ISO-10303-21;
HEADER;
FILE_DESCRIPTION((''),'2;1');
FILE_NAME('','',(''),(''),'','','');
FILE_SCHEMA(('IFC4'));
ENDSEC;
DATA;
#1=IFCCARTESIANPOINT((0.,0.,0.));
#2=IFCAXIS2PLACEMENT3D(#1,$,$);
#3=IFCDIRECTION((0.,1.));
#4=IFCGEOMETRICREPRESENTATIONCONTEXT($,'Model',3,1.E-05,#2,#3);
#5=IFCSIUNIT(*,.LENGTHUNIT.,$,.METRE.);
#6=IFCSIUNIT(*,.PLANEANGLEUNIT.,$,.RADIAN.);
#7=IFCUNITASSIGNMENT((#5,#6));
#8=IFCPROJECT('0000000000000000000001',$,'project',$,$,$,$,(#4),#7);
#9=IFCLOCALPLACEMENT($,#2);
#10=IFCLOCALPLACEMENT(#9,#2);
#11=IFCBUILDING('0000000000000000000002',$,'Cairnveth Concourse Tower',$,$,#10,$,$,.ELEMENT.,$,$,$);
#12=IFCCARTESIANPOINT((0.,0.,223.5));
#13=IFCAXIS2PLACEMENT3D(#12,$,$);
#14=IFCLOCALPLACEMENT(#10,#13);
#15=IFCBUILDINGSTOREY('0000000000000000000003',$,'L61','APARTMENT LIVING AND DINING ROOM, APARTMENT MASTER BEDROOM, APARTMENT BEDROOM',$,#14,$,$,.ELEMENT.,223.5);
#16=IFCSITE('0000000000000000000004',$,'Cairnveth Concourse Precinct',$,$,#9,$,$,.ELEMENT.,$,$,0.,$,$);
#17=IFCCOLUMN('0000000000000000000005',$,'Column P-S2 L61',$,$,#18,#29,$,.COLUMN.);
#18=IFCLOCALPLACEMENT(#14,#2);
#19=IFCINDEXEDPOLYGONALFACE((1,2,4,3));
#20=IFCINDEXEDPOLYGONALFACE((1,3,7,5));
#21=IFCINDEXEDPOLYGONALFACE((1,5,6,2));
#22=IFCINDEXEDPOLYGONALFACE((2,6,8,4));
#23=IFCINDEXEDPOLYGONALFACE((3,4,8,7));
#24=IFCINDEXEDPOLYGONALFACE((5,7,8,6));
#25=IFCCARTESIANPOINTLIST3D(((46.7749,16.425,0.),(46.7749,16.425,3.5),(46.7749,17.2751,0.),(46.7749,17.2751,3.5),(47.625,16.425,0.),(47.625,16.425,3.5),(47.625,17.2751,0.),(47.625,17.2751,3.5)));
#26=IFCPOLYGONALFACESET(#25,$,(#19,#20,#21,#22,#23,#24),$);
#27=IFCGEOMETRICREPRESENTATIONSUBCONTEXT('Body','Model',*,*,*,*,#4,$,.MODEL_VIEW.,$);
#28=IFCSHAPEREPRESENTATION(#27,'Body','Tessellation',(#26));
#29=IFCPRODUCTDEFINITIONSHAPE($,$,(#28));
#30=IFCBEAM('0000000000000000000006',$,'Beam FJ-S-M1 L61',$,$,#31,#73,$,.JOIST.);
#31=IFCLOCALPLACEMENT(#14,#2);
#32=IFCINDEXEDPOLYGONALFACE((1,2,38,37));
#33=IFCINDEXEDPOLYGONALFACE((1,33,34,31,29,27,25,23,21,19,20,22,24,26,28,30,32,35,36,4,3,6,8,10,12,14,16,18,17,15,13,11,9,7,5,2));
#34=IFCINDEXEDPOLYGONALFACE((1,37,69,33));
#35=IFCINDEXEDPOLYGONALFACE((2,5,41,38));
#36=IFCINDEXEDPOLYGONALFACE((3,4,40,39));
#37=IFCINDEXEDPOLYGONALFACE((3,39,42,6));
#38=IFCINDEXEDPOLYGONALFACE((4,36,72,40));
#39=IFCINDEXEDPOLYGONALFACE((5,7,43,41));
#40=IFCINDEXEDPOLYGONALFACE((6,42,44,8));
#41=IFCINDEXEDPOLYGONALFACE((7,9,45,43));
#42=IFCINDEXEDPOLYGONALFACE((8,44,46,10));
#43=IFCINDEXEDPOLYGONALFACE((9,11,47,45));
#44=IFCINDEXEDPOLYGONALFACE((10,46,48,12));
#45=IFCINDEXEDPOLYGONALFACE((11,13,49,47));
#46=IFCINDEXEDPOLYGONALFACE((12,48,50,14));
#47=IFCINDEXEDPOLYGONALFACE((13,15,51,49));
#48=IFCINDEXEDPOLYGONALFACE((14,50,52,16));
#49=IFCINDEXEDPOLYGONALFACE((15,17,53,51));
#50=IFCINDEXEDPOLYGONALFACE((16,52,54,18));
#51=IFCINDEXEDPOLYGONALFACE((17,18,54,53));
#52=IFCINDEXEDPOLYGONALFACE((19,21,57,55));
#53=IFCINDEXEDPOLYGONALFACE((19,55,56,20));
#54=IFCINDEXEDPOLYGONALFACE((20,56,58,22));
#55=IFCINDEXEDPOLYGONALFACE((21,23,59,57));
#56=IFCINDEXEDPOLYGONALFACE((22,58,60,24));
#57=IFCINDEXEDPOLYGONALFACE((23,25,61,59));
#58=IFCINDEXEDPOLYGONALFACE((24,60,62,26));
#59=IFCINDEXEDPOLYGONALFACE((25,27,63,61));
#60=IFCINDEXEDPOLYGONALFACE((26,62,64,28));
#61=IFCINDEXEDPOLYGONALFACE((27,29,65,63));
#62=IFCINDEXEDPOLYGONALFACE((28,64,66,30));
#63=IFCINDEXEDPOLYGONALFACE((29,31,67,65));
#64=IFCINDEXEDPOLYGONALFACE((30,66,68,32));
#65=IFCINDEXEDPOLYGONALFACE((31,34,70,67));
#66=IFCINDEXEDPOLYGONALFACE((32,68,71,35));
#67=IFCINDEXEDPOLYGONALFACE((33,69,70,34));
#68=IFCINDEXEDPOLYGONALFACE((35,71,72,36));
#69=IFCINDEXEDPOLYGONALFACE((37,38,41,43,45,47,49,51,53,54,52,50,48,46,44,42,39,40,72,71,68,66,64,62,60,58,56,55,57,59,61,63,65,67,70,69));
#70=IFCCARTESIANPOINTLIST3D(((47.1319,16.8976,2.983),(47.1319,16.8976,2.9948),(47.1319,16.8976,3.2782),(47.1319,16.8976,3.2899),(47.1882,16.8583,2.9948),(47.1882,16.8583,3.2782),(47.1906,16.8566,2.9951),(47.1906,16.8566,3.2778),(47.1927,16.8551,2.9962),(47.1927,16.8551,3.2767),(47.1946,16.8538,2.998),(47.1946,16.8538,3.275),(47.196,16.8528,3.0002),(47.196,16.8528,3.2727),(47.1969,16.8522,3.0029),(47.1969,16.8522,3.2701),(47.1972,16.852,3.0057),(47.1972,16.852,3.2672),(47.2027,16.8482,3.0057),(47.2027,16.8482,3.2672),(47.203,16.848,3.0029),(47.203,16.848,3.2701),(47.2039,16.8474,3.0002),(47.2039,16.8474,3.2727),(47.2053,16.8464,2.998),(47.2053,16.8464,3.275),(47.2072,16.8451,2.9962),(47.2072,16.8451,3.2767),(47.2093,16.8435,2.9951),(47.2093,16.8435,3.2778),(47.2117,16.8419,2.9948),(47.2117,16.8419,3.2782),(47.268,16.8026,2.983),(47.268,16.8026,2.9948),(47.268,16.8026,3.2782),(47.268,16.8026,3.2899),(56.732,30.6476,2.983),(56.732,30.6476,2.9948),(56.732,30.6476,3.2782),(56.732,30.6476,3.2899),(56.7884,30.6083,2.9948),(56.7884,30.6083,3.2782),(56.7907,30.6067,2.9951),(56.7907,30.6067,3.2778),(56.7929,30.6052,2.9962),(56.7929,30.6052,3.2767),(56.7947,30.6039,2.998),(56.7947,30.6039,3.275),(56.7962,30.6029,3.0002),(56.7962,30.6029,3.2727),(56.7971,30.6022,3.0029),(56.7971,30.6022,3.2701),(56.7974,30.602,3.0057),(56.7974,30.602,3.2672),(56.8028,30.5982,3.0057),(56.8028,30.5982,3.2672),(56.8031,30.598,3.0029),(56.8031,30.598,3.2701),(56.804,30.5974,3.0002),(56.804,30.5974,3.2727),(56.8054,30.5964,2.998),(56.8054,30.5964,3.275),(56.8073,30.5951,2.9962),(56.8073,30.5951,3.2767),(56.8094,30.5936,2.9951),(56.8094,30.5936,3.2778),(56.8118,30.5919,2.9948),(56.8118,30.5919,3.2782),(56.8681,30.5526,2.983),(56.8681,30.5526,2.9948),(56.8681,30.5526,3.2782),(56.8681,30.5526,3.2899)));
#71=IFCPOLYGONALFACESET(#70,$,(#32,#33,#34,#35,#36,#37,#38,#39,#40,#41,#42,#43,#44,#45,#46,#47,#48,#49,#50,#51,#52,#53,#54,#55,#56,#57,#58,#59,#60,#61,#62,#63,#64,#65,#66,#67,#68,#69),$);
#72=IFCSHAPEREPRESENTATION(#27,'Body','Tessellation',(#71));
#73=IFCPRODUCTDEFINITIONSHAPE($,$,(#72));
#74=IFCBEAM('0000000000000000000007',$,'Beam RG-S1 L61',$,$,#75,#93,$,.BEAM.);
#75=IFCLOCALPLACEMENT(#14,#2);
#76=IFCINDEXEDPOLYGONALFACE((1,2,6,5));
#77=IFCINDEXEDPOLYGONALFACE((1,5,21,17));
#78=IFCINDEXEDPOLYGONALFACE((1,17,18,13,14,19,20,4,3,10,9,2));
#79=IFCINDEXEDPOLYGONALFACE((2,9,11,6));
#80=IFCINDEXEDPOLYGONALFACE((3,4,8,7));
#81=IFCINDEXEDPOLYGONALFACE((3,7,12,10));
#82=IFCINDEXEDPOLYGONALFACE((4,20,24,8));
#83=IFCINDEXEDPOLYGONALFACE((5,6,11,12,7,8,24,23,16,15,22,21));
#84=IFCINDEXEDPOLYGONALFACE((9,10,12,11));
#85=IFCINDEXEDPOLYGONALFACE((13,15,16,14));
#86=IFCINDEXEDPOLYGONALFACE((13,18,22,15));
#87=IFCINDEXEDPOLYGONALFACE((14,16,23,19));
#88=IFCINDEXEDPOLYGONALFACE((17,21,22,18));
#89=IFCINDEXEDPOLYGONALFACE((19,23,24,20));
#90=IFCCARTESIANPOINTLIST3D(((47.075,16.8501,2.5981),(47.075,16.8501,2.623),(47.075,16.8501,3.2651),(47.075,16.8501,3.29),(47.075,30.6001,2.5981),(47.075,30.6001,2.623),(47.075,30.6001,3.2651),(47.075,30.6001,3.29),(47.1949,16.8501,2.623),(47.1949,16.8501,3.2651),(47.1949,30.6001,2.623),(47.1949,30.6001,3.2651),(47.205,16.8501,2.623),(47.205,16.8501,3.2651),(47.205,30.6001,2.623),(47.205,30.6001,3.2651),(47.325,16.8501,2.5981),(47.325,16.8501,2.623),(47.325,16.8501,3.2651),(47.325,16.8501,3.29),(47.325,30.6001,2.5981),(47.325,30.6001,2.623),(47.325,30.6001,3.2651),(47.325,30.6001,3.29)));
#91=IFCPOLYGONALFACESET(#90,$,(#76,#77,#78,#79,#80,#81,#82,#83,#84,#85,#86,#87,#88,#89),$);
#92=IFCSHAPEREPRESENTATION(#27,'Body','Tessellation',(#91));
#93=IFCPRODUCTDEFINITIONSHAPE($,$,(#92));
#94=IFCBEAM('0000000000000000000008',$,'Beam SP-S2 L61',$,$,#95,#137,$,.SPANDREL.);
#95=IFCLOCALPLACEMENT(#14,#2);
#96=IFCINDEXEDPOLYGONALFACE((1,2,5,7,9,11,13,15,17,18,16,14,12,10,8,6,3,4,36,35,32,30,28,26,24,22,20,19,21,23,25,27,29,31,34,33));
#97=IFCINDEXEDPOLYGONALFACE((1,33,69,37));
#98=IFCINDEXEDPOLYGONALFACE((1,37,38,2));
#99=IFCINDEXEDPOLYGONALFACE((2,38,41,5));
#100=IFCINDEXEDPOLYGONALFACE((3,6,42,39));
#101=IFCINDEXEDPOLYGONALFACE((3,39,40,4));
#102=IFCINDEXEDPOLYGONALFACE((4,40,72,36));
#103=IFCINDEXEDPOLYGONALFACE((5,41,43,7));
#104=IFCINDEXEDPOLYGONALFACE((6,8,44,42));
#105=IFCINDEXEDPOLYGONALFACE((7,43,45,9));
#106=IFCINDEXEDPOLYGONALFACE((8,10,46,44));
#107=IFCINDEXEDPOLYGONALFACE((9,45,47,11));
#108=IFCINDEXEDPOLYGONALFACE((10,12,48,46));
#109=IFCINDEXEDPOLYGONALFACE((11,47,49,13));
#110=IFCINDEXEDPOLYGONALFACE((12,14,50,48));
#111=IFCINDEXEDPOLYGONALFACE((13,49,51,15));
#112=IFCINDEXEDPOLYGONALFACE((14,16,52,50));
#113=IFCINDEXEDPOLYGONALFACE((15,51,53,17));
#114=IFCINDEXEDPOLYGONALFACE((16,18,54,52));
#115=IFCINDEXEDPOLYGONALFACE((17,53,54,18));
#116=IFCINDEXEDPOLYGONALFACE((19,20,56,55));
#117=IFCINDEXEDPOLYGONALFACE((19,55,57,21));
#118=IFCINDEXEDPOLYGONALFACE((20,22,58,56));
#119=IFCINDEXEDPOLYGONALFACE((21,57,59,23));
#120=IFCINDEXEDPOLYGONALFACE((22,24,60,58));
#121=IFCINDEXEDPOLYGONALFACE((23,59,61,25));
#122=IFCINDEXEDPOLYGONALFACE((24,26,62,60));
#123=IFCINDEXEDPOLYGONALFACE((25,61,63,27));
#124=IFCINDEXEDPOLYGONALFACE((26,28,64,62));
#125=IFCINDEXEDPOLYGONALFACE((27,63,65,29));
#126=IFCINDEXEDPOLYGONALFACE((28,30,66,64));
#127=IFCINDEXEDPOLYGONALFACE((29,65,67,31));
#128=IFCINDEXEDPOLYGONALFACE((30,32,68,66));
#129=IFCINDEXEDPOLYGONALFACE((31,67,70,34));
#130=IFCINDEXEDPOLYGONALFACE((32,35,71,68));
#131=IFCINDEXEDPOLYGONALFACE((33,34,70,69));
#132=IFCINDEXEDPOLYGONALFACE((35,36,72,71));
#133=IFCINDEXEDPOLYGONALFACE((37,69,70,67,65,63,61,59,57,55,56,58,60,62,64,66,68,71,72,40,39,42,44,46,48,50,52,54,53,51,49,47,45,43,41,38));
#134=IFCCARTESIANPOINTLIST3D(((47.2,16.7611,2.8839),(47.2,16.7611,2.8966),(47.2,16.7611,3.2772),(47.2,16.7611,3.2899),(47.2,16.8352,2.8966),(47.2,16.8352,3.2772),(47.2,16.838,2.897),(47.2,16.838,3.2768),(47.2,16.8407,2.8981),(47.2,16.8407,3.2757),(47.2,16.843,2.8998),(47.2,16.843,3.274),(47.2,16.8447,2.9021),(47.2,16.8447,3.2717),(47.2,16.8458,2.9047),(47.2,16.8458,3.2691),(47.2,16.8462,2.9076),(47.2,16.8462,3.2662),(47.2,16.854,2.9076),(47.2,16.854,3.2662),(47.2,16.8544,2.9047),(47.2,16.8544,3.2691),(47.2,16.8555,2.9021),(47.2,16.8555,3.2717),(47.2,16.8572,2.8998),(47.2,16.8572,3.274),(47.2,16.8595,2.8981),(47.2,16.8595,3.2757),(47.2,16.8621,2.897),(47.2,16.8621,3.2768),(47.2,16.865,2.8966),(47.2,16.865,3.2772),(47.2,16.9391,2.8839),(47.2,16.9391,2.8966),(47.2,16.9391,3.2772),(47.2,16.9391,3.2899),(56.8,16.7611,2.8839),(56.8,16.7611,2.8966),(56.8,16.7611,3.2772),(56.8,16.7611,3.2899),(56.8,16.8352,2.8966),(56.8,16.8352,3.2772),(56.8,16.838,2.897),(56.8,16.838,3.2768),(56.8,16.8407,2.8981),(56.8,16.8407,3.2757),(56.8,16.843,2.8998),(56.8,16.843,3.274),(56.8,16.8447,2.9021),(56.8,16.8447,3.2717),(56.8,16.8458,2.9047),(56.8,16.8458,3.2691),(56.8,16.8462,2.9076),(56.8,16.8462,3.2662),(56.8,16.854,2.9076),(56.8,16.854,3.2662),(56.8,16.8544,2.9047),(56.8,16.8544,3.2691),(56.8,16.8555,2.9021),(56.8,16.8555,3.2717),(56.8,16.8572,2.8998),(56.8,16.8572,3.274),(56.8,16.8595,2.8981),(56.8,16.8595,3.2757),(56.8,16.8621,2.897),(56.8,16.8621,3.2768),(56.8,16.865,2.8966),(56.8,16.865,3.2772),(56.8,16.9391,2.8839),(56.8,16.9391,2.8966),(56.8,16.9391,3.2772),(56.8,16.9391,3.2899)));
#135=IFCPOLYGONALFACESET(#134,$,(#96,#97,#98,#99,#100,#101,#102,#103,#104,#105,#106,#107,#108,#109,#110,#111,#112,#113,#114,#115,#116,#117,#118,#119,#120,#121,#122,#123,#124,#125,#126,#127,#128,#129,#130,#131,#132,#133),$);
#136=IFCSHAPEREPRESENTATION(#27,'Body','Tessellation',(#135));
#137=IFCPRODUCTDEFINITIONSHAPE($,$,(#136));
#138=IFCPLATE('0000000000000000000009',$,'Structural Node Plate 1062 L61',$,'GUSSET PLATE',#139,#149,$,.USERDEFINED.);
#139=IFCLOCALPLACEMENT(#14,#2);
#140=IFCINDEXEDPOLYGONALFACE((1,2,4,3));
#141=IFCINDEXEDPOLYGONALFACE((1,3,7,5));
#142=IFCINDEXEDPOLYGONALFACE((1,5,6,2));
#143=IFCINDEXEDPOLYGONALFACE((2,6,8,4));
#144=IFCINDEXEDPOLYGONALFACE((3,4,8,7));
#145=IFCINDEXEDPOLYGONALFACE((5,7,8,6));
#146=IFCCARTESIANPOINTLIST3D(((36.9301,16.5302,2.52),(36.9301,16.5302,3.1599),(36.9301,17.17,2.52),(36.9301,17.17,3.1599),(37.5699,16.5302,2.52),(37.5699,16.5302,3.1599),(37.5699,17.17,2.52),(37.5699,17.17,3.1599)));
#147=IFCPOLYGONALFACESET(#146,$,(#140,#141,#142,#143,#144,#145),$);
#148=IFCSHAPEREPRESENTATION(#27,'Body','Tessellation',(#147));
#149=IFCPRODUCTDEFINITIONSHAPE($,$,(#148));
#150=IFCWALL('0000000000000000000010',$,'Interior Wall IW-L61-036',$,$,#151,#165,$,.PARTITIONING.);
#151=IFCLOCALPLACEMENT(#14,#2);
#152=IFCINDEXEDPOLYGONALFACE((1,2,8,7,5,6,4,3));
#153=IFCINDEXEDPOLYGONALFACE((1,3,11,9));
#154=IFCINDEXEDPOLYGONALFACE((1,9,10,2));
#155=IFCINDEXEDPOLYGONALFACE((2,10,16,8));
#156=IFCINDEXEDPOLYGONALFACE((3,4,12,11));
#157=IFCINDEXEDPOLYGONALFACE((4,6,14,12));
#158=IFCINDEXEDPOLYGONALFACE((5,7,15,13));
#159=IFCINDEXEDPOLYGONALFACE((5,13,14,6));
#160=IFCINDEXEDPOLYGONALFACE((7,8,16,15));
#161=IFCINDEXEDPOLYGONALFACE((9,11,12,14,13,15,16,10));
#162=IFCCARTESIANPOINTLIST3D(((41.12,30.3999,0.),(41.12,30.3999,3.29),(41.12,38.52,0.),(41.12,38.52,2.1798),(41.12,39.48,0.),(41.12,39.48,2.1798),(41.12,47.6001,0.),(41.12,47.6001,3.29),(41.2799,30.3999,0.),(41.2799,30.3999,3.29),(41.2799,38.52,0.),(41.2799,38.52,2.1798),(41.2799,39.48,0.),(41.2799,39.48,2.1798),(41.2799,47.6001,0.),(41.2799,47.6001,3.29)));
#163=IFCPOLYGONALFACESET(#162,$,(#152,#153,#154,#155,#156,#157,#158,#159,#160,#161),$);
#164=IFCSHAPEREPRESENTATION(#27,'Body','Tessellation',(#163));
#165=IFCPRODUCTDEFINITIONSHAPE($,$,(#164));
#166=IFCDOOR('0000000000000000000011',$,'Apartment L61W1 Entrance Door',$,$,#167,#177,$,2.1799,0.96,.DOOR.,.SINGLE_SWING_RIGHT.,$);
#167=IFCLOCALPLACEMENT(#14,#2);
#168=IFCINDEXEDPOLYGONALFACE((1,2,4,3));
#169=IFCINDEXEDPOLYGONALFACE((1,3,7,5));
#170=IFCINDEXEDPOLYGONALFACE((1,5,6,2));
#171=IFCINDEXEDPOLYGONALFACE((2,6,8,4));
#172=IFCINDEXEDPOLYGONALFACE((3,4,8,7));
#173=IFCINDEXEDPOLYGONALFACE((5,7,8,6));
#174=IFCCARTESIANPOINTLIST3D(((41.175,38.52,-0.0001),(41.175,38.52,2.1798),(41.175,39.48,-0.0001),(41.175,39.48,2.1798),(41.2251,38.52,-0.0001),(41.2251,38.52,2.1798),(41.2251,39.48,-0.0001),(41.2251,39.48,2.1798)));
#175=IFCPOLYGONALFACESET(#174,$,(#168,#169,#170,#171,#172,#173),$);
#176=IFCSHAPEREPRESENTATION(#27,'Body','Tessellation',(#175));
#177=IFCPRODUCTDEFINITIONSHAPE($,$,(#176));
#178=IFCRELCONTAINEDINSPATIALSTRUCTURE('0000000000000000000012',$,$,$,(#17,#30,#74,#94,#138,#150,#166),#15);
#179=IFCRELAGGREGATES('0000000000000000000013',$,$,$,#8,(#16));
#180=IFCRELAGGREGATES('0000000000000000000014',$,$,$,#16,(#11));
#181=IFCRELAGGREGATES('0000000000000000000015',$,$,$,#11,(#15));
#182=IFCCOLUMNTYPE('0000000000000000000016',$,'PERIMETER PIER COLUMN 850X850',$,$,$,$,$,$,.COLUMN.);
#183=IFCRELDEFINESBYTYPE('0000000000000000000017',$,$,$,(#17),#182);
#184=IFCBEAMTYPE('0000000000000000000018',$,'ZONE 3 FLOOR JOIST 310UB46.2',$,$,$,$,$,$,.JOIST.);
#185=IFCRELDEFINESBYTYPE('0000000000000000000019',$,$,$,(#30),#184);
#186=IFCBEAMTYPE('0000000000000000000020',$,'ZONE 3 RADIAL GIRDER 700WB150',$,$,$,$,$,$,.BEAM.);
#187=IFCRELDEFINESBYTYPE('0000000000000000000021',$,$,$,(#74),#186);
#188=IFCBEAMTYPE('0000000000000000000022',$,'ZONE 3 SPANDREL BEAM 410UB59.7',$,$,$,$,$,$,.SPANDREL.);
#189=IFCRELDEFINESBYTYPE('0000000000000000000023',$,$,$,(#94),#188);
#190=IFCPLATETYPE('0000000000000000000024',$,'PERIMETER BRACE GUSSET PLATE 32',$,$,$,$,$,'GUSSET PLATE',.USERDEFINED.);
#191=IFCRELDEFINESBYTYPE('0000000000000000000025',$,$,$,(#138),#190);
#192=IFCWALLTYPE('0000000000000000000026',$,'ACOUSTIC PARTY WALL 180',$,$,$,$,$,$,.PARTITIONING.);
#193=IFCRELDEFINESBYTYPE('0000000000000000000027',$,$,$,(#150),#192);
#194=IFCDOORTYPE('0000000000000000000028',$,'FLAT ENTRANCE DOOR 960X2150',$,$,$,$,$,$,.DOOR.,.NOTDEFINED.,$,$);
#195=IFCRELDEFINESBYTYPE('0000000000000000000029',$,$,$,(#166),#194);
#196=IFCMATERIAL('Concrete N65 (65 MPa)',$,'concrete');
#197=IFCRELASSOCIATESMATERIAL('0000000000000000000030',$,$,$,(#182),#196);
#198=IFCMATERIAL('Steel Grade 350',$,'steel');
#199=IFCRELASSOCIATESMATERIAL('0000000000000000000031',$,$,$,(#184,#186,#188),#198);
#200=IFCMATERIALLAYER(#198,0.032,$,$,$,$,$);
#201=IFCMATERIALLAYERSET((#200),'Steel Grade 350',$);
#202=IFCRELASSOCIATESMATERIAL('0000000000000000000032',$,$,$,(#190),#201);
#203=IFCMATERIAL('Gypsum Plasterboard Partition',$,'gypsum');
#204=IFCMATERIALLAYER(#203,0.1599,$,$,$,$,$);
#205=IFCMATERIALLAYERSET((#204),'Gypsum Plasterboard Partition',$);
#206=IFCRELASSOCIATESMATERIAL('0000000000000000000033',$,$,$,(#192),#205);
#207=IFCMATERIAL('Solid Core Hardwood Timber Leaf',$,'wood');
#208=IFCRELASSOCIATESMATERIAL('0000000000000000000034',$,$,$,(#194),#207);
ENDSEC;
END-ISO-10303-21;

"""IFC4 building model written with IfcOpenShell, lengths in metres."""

from ifc_helpers import new_model, si_unit, direction, frame, frame_2d, origin, origin_2d, place, context, subcontext, project, spatial, rectangle, i_section, extrude, material, layer, layer_set, material_profile, profile_set, type_object, element, fill, save


model = new_model("IFC4")

# Units and contexts
model_context = context("Model", 3, precision=1e-05, world=origin(), true_north=direction((0.0, 1.0)))
body_context = subcontext(model_context, "Body", "Model", "MODEL_VIEW")
ifc_project = project(units=[si_unit("LENGTHUNIT", "METRE"), si_unit("PLANEANGLEUNIT", "RADIAN")], contexts=[model_context])

# Site, building, storey
site_placement = place(None, origin())
site = spatial("IfcSite", under=ifc_project, at=site_placement, Name="Cairnveth Concourse Precinct", CompositionType="ELEMENT", RefElevation=0.0)
building_placement = place(site_placement, origin())
building = spatial("IfcBuilding", under=site, at=building_placement, Name="Cairnveth Concourse Tower", CompositionType="ELEMENT")
storey_placement = place(building_placement, frame((0.0, 0.0, 223.5)))
storey = spatial("IfcBuildingStorey", under=building, at=storey_placement, Name="L61", Description="APARTMENT LIVING AND DINING ROOM, APARTMENT MASTER BEDROOM, APARTMENT BEDROOM", CompositionType="ELEMENT", Elevation=223.5)

# Column
ifc_material_1 = material(Name="Concrete N65 (65 MPa)", Category="concrete")
ifc_material_profile_1 = material_profile(ifc_material_1, rectangle(XDim=0.8501, YDim=0.8501, at=origin_2d()), Name="RC-COL-850x850")
ifc_profile_set_1 = profile_set([ifc_material_profile_1], Name="Concrete N65 (65 MPa)")
column_type = type_object("IfcColumnType", Name="PERIMETER PIER COLUMN 850X850", PredefinedType="COLUMN", material=ifc_profile_set_1)
column_placement = place(storey_placement, frame((47.2, 16.8501, 0.0), z_axis=(0.0, 0.0, 1.0), x_axis=(1.0, 0.0, 0.0)))
element("IfcColumn", 1, at=column_placement, inside=storey, type_object=column_type, Name="Column P-S2 L61", PredefinedType="COLUMN", context=body_context, shape_type="SweptSolid", body=[
    extrude(rectangle(XDim=0.8501, YDim=0.8501, at=origin_2d()), origin(), (0.0, 0.0, 1.0), 3.5),
])

# Beams
ifc_material_2 = material(Name="Steel Grade 350", Category="steel")
ifc_material_profile_2 = material_profile(ifc_material_2, i_section(OverallWidth=0.166, OverallDepth=0.3069, WebThickness=0.0066, FlangeThickness=0.0117, FilletRadius=0.011, at=origin_2d()), Name="310UB46.2")
ifc_profile_set_2 = profile_set([ifc_material_profile_2], Name="Steel Grade 350")
beam_type_1 = type_object("IfcBeamType", Name="ZONE 3 FLOOR JOIST 310UB46.2", PredefinedType="JOIST", material=ifc_profile_set_2)
beam_1_placement = place(storey_placement, frame((47.2, 16.8501, 3.1365), z_axis=(0.572465, 0.819929, 0.0), x_axis=(-0.819929, 0.572465, 0.0)))
element("IfcBeam", 2, at=beam_1_placement, inside=storey, type_object=beam_type_1, Name="Beam FJ-S-M1 L61", PredefinedType="JOIST", context=body_context, shape_type="SweptSolid", body=[
    extrude(i_section(OverallWidth=0.166, OverallDepth=0.3069, WebThickness=0.0066, FlangeThickness=0.0117, FilletRadius=0.011, at=origin_2d()), origin(), (0.0, 0.0, 1.0), 16.7698),
])
ifc_material_profile_3 = material_profile(ifc_material_2, i_section(OverallWidth=0.25, OverallDepth=0.6919, WebThickness=0.01, FlangeThickness=0.0249, at=origin_2d()), Name="700WB150")
ifc_profile_set_3 = profile_set([ifc_material_profile_3], Name="Steel Grade 350")
beam_type_2 = type_object("IfcBeamType", Name="ZONE 3 RADIAL GIRDER 700WB150", PredefinedType="BEAM", material=ifc_profile_set_3)
beam_2_placement = place(storey_placement, frame((47.2, 16.8501, 2.9441), z_axis=(0.0, 1.0, 0.0), x_axis=(-1.0, 0.0, 0.0)))
element("IfcBeam", 3, at=beam_2_placement, inside=storey, type_object=beam_type_2, Name="Beam RG-S1 L61", PredefinedType="BEAM", context=body_context, shape_type="SweptSolid", body=[
    extrude(i_section(OverallWidth=0.25, OverallDepth=0.6919, WebThickness=0.01, FlangeThickness=0.0249, at=origin_2d()), origin(), (0.0, 0.0, 1.0), 13.75),
])
ifc_material_profile_4 = material_profile(ifc_material_2, i_section(OverallWidth=0.178, OverallDepth=0.406, WebThickness=0.0078, FlangeThickness=0.0127, FilletRadius=0.011, at=origin_2d()), Name="410UB59.7")
ifc_profile_set_4 = profile_set([ifc_material_profile_4], Name="Steel Grade 350")
beam_type_3 = type_object("IfcBeamType", Name="ZONE 3 SPANDREL BEAM 410UB59.7", PredefinedType="SPANDREL", material=ifc_profile_set_4)
beam_3_placement = place(storey_placement, frame((47.2, 16.8501, 3.0869), z_axis=(1.0, 0.0, 0.0), x_axis=(0.0, 1.0, 0.0)))
element("IfcBeam", 4, at=beam_3_placement, inside=storey, type_object=beam_type_3, Name="Beam SP-S2 L61", PredefinedType="SPANDREL", context=body_context, shape_type="SweptSolid", body=[
    extrude(i_section(OverallWidth=0.178, OverallDepth=0.406, WebThickness=0.0078, FlangeThickness=0.0127, FilletRadius=0.011, at=origin_2d()), origin(), (0.0, 0.0, 1.0), 9.6001),
])

# Plate
ifc_layer_1 = layer(ifc_material_2, 0.032)
ifc_layer_set_1 = layer_set([ifc_layer_1], Name="Steel Grade 350")
plate_type = type_object("IfcPlateType", Name="PERIMETER BRACE GUSSET PLATE 32", ElementType="GUSSET PLATE", PredefinedType="USERDEFINED", material=ifc_layer_set_1)
plate_placement = place(storey_placement, frame((37.25, 16.8501, 2.52), z_axis=(0.0, 0.0, 1.0), x_axis=(1.0, 0.0, 0.0)))
element("IfcPlate", 5, at=plate_placement, inside=storey, type_object=plate_type, Name="Structural Node Plate 1062 L61", ObjectType="GUSSET PLATE", PredefinedType="USERDEFINED", context=body_context, shape_type="SweptSolid", body=[
    extrude(rectangle(XDim=0.6399, YDim=0.6399, at=origin_2d()), origin(), (0.0, 0.0, 1.0), 0.6399),
])

# Wall, opening, door
ifc_material_3 = material(Name="Gypsum Plasterboard Partition", Category="gypsum")
ifc_layer_2 = layer(ifc_material_3, 0.1599)
ifc_layer_set_2 = layer_set([ifc_layer_2], Name="Gypsum Plasterboard Partition")
wall_type_1 = type_object("IfcWallType", Name="ACOUSTIC PARTY WALL 180", PredefinedType="PARTITIONING", material=ifc_layer_set_2)
wall_1_placement = place(storey_placement, frame((41.2, 30.3999, 0.0), z_axis=(0.0, 0.0, 1.0), x_axis=(0.0, 1.0, 0.0)))
wall_1 = element("IfcWall", 6, at=wall_1_placement, inside=storey, type_object=wall_type_1, Name="Interior Wall IW-L61-036", PredefinedType="PARTITIONING", context=body_context, shape_type="SweptSolid", body=[
    extrude(rectangle(XDim=17.2002, YDim=0.1599, at=frame_2d((8.6001, 0.0))), origin(), (0.0, 0.0, 1.0), 3.29),
])
opening_1_placement = place(wall_1_placement, frame((8.1201, 0.0, 0.0)))
opening_1 = element("IfcOpeningElement", 7, at=opening_1_placement, cuts=wall_1, PredefinedType="OPENING", context=body_context, shape_type="SweptSolid", body=[
    extrude(rectangle(XDim=0.96, YDim=2.1799, at=frame_2d((0.48, 1.0898))), frame((0.0, 0.0898, 0.0), z_axis=(0.0, -1.0, 0.0), x_axis=(1.0, 0.0, 0.0)), (0.0, 0.0, 1.0), 0.1799),
])
ifc_material_4 = material(Name="Solid Core Hardwood Timber Leaf", Category="wood")
door_type_1 = type_object("IfcDoorType", Name="FLAT ENTRANCE DOOR 960X2150", OperationType="NOTDEFINED", PredefinedType="DOOR", material=ifc_material_4)
door_1_placement = place(opening_1_placement, origin())
door_1 = element("IfcDoor", 8, at=door_1_placement, inside=storey, type_object=door_type_1, Name="Apartment L61W1 Entrance Door", OperationType="SINGLE_SWING_RIGHT", OverallHeight=2.1799, OverallWidth=0.96, PredefinedType="DOOR", context=body_context, shape_type="SweptSolid", body=[
    extrude(rectangle(XDim=0.96, YDim=2.1799, at=frame_2d((0.48, 1.0898))), frame((0.0, 0.0249, 0.0), z_axis=(0.0, -1.0, 0.0), x_axis=(1.0, 0.0, 0.0)), (0.0, 0.0, 1.0), 0.05),
])
fill(opening_1, door_1)

save(model, "model.ifc")
